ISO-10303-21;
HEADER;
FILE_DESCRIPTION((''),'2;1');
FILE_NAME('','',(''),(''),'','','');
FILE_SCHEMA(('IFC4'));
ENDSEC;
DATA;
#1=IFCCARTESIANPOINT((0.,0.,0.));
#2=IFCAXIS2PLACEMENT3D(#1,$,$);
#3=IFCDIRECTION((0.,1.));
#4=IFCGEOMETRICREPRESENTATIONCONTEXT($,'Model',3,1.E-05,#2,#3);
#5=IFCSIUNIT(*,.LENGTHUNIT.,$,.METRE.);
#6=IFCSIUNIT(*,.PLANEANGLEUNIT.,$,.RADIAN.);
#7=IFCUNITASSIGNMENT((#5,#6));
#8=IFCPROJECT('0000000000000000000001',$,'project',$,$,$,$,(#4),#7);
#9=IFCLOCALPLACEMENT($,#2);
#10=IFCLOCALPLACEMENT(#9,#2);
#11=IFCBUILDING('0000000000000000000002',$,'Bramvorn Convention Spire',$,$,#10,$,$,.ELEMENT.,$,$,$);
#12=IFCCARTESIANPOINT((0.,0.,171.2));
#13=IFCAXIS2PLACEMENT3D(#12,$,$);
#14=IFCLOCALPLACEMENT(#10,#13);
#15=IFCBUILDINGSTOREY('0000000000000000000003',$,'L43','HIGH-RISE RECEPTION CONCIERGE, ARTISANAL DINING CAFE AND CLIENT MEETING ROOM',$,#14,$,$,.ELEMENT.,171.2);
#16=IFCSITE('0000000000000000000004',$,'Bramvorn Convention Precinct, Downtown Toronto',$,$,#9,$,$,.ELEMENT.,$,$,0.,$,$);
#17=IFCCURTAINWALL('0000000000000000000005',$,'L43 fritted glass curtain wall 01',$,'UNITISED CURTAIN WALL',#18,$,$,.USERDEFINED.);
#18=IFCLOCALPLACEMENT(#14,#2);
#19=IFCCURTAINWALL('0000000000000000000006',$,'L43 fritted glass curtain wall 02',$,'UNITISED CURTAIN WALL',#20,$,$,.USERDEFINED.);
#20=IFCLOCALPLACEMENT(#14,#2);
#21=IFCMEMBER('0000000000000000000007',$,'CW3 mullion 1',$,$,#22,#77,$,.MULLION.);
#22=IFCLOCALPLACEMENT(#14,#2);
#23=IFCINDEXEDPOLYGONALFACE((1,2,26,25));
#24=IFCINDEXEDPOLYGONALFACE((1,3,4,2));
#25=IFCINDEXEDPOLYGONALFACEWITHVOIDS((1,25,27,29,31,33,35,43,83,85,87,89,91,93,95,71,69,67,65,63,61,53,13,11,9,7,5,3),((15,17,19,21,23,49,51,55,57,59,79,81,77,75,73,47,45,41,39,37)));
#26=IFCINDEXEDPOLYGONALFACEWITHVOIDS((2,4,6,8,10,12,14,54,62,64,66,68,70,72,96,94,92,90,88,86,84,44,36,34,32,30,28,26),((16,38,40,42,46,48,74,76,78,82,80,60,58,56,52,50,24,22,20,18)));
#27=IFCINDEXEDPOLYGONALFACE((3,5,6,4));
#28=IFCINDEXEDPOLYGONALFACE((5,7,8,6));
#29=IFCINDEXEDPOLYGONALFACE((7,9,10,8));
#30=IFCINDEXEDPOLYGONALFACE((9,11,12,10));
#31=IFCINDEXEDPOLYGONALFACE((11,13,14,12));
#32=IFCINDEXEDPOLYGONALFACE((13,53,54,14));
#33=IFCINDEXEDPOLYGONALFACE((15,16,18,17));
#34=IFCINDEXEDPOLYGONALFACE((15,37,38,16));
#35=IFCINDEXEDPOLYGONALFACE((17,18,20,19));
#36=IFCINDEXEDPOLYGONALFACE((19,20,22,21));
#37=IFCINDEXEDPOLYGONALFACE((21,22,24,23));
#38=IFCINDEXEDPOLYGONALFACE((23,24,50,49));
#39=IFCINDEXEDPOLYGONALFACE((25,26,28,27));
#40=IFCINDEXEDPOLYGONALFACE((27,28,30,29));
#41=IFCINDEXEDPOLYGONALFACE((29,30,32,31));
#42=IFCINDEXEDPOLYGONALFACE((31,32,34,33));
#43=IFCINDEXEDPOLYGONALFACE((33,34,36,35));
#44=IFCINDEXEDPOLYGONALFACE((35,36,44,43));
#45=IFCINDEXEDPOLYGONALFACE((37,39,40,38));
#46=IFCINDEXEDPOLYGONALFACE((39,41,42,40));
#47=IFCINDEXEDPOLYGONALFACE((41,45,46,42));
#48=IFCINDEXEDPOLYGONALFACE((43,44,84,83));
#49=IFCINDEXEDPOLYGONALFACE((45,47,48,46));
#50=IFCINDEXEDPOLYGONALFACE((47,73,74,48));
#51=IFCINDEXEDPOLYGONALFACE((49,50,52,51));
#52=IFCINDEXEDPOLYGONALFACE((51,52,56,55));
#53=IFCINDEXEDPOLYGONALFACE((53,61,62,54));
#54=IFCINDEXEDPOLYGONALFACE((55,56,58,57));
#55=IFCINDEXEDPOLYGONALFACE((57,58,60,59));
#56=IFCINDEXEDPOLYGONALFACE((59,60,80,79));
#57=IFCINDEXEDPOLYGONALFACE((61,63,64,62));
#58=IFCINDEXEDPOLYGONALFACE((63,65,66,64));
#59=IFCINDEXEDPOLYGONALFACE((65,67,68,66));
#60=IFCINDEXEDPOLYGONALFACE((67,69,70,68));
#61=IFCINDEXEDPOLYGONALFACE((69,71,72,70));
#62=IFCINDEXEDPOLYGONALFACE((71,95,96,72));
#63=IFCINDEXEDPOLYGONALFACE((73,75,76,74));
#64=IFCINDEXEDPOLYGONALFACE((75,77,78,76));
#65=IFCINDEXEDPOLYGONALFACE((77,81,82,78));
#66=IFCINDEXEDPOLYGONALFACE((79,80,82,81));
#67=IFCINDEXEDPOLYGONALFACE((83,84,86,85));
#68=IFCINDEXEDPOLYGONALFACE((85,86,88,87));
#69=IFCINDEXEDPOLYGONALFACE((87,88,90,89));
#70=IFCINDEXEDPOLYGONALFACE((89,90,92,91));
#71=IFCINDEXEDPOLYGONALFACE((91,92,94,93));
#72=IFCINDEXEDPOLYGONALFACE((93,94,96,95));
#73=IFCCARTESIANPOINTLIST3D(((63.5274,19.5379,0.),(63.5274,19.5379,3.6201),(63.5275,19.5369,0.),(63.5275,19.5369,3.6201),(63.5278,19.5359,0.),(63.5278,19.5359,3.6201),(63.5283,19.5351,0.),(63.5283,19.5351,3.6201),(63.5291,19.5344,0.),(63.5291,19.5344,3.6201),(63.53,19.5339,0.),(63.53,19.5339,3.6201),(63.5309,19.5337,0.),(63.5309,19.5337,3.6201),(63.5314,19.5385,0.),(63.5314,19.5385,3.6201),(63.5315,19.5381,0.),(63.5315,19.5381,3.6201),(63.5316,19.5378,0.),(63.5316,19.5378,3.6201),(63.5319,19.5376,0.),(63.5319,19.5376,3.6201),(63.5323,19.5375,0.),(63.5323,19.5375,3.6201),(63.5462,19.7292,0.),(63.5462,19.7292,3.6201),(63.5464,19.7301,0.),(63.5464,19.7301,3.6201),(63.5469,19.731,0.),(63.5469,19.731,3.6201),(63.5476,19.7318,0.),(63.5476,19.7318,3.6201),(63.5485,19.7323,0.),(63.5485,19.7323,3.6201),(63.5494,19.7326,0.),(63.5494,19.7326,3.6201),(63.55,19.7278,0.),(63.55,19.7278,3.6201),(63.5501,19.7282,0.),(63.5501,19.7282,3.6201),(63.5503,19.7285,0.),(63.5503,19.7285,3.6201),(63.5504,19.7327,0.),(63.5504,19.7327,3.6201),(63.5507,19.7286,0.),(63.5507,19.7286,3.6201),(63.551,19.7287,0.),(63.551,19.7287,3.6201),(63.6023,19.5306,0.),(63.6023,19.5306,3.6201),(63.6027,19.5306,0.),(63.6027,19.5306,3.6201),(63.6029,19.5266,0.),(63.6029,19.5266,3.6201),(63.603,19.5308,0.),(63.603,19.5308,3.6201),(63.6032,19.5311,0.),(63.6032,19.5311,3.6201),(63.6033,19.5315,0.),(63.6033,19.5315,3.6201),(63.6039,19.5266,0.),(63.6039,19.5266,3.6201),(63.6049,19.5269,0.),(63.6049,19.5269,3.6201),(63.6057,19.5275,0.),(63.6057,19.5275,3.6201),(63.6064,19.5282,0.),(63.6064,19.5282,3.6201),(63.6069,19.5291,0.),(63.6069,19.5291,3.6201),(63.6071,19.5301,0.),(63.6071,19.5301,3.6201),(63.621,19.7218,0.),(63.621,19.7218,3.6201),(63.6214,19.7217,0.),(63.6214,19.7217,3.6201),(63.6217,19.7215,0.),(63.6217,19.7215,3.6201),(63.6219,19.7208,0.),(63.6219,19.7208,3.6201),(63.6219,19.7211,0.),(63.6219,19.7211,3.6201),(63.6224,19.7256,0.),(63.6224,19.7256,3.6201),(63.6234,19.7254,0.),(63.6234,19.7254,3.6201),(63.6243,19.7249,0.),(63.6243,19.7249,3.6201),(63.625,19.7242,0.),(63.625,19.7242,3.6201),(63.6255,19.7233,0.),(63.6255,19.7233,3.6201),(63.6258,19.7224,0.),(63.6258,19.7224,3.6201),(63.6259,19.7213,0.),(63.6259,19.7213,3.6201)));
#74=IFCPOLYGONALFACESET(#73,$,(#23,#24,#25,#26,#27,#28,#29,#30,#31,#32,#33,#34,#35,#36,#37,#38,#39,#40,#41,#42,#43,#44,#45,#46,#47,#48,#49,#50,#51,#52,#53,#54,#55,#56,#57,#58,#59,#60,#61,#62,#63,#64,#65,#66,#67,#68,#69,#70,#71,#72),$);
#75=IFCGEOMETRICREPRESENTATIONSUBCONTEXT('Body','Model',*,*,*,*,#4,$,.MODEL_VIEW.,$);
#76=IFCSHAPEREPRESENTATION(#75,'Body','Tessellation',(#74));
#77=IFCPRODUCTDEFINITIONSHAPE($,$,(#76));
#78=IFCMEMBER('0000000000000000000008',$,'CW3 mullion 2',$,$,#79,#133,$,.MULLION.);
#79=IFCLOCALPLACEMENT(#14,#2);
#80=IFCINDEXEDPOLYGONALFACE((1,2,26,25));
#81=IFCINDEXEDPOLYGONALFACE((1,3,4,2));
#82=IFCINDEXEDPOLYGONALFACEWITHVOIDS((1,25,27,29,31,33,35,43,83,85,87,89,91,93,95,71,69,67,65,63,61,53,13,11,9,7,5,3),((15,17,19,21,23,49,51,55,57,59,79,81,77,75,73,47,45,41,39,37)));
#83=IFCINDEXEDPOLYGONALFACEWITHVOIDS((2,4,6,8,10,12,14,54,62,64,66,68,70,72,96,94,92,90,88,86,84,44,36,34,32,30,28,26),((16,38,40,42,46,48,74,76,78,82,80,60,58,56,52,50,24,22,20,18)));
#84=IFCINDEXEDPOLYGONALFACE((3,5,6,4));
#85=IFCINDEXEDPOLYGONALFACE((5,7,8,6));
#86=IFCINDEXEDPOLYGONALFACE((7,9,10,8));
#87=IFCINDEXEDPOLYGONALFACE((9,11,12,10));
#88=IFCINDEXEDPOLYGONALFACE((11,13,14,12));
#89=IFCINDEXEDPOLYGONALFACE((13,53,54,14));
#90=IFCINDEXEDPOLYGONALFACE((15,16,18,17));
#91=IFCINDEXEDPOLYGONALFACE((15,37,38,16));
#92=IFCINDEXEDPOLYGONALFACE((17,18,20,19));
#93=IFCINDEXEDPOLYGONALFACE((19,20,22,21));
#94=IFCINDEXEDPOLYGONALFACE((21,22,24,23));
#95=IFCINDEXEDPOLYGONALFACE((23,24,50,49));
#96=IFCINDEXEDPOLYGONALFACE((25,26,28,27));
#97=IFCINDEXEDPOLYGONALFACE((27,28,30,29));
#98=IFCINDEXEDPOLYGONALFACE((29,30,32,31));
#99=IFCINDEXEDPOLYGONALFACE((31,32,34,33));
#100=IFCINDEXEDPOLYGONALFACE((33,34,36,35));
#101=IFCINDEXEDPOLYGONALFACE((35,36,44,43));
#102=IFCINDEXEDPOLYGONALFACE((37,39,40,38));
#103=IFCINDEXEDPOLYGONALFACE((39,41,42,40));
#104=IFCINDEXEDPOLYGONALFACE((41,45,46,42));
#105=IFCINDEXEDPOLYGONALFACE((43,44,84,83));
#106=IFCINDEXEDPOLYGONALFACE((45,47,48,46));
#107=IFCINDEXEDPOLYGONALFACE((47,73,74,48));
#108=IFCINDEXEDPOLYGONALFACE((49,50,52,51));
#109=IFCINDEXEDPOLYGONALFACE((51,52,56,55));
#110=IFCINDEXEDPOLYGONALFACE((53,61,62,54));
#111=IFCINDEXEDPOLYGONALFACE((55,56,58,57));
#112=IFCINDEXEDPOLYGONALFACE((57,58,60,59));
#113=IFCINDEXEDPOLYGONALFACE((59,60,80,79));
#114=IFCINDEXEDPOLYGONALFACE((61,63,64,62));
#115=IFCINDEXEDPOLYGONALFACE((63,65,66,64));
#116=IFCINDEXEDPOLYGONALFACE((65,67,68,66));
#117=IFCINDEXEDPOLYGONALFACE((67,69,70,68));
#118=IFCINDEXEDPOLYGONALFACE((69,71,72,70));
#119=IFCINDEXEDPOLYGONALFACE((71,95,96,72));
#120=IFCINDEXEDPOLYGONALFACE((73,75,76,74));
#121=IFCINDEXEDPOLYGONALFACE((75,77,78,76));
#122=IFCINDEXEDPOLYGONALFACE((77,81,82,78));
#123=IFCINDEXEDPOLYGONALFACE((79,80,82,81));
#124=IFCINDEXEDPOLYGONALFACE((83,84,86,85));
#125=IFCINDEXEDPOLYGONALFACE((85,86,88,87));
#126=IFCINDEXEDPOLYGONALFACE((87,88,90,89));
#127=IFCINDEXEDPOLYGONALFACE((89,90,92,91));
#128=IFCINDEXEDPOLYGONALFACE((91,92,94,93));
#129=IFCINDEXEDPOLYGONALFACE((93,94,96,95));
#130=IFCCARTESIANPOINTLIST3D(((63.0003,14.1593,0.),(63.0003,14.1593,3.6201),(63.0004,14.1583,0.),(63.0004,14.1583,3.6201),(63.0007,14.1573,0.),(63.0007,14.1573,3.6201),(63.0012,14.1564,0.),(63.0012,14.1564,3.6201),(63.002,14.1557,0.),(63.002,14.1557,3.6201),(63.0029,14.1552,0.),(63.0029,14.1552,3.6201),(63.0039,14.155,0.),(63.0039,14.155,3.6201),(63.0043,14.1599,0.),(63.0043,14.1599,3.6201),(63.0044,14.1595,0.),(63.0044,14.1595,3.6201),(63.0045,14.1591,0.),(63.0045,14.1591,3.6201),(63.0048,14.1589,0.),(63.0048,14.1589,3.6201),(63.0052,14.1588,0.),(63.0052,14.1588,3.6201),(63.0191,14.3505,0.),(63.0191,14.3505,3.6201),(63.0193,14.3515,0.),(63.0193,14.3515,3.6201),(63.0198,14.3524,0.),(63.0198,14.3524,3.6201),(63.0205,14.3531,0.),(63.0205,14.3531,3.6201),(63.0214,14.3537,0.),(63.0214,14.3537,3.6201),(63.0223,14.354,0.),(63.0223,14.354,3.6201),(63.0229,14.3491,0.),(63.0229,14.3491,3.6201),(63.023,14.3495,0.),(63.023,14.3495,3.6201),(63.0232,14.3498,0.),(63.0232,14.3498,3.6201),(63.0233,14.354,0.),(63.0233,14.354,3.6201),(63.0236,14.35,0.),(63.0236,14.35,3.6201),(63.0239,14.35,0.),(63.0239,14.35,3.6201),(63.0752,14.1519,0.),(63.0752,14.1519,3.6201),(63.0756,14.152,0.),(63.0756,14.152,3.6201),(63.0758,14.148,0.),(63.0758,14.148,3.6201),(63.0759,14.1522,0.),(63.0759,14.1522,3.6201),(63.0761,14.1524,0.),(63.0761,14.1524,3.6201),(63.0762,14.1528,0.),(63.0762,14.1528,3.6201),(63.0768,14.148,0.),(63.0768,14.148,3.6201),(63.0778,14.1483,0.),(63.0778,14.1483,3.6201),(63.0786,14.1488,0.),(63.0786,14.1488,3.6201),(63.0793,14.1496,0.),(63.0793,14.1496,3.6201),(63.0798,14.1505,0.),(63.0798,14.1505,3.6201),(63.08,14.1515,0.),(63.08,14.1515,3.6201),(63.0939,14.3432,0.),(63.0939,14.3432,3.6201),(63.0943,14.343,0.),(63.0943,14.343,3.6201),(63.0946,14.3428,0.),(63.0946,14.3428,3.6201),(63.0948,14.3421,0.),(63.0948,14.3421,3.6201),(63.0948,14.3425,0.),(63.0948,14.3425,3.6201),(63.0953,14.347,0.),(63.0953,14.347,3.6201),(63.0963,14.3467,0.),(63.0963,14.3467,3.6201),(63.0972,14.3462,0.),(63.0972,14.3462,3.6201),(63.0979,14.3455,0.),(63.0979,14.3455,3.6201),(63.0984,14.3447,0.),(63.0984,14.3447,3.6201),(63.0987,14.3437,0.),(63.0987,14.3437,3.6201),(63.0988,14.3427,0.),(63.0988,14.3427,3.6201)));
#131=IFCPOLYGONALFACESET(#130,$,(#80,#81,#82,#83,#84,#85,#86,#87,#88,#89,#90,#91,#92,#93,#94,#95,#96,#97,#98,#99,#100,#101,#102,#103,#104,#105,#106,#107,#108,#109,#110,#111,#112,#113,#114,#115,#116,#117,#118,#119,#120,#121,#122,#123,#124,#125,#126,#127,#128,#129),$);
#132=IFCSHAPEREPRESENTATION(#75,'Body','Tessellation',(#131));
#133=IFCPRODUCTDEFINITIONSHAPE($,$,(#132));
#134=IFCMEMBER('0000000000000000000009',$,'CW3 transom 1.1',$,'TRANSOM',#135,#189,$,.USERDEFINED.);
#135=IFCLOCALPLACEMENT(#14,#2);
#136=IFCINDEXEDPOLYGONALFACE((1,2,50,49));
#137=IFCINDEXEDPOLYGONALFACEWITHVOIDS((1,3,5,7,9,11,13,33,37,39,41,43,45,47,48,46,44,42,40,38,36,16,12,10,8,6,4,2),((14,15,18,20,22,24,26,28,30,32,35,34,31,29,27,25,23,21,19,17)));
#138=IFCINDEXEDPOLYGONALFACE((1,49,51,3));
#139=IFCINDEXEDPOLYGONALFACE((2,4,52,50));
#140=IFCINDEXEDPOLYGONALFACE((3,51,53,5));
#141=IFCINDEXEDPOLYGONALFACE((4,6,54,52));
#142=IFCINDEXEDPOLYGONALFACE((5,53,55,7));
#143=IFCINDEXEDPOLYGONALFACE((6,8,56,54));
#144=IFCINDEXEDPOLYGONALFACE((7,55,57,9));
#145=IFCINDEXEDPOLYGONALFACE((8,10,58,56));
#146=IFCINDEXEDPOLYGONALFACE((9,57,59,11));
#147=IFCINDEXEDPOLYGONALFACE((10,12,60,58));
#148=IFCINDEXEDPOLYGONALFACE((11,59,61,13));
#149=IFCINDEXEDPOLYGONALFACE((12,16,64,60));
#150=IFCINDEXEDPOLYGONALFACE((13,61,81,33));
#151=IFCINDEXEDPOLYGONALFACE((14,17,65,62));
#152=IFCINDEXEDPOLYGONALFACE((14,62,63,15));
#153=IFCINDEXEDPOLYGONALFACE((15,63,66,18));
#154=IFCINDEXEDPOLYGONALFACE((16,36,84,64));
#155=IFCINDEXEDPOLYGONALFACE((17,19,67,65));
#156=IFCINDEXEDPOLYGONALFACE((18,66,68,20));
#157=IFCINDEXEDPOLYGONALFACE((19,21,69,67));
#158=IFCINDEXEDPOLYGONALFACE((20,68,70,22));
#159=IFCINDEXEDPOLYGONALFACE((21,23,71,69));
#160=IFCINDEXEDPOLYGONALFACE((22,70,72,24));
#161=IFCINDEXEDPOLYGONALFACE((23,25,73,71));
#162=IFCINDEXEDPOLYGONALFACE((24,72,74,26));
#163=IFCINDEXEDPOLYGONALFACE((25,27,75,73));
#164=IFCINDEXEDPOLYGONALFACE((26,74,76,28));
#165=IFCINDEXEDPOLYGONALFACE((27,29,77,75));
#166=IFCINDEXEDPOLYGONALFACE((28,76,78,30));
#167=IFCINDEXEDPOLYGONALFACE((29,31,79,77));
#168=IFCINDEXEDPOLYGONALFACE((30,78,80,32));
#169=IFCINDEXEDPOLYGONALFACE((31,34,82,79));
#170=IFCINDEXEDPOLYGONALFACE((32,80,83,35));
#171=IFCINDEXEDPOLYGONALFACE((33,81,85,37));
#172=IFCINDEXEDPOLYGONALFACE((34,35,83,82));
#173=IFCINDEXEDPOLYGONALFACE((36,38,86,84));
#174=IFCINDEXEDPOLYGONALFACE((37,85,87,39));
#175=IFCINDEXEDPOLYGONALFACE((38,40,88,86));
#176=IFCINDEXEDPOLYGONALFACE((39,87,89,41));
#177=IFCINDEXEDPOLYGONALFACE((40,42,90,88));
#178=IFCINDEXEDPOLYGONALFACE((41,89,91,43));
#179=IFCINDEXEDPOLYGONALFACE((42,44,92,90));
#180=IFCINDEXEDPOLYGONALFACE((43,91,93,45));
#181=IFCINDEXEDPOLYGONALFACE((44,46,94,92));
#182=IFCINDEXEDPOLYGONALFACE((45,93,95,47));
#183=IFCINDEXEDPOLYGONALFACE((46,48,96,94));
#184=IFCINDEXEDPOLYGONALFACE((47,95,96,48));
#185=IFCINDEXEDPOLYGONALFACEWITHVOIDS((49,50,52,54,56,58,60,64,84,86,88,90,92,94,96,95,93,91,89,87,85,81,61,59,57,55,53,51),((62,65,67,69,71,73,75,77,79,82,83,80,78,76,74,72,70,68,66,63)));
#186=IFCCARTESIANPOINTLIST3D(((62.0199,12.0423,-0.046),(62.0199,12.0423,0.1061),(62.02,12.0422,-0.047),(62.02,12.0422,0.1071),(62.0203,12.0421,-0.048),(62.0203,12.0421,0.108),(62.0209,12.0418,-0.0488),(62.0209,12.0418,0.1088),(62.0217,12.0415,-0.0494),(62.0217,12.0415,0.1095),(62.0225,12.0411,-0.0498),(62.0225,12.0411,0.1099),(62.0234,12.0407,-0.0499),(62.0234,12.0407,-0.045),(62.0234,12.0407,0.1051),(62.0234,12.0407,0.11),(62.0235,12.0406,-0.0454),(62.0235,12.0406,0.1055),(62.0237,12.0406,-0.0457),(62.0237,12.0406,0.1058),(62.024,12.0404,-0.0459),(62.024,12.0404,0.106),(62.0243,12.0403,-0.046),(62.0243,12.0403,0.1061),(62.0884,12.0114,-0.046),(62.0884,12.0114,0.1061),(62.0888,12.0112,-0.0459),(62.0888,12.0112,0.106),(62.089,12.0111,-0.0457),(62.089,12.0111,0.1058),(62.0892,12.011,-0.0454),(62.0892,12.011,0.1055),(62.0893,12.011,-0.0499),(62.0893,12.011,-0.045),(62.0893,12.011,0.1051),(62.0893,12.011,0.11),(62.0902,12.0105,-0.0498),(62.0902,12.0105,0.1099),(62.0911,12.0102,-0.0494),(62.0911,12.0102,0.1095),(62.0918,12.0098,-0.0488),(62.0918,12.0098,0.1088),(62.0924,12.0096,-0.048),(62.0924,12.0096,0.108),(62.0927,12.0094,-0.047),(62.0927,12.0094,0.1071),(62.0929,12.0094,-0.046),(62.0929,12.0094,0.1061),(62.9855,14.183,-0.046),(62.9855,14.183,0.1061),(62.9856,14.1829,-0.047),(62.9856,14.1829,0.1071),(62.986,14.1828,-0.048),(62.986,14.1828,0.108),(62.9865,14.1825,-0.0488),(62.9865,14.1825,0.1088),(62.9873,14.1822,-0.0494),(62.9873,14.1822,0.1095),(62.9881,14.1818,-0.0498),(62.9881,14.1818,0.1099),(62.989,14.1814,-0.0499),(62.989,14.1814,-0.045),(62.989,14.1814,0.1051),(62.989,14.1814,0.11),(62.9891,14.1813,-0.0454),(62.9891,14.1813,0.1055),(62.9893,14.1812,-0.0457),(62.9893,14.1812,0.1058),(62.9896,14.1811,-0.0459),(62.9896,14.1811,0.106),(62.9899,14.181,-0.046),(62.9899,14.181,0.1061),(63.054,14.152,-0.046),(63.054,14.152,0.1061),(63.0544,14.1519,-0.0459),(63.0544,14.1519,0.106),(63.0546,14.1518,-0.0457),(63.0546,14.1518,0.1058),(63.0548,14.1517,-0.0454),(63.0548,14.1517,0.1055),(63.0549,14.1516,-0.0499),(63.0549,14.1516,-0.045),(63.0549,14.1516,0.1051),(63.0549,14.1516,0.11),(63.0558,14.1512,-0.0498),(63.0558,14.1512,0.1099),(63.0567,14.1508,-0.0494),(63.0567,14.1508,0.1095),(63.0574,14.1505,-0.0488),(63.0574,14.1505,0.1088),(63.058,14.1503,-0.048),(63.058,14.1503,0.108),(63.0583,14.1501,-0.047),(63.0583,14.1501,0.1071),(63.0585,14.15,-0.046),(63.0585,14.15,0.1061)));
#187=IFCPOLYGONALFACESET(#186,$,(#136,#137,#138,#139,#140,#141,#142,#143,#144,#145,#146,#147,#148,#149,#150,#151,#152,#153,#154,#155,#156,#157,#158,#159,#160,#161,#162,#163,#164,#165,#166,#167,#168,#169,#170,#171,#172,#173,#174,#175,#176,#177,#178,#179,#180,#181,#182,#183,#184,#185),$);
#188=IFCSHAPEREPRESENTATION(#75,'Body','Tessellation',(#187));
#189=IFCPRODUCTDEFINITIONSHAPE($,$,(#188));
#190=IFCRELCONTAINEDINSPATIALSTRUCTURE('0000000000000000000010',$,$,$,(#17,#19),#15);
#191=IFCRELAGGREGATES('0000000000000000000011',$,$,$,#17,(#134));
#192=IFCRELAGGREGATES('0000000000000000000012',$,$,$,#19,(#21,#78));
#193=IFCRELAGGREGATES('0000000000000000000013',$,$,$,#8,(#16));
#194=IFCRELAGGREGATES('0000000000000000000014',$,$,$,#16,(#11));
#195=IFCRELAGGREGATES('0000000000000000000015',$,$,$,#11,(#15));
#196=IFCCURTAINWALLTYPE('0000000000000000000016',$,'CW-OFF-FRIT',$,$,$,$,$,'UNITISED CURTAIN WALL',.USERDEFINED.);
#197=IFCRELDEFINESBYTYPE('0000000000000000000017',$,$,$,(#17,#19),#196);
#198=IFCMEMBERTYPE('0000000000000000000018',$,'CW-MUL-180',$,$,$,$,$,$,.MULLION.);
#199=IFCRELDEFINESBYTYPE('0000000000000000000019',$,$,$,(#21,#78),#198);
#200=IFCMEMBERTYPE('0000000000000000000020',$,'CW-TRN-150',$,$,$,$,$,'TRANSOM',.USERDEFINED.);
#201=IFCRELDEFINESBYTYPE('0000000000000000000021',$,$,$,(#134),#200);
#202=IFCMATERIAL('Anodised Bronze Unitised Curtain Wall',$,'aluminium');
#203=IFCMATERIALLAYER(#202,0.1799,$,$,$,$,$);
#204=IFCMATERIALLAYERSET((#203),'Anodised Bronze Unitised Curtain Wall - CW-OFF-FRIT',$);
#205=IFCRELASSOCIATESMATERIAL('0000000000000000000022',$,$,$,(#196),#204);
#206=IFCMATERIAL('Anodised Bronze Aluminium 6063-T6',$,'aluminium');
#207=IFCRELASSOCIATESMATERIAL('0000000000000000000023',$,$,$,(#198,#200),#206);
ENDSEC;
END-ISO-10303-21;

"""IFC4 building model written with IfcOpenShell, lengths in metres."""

from ifc_helpers import new_model, si_unit, direction, frame, origin, origin_2d, place, context, subcontext, project, spatial, hollow_rectangle, extrude, material, layer, layer_set, material_profile, profile_set, type_object, element, aggregate, save


model = new_model("IFC4")

# Units and contexts
model_context = context("Model", 3, precision=1e-05, world=origin(), true_north=direction((0.0, 1.0)))
body_context = subcontext(model_context, "Body", "Model", "MODEL_VIEW")
ifc_project = project(units=[si_unit("LENGTHUNIT", "METRE"), si_unit("PLANEANGLEUNIT", "RADIAN")], contexts=[model_context])

# Site, building, storey
site_placement = place(None, origin())
site = spatial("IfcSite", under=ifc_project, at=site_placement, Name="Bramvorn Convention Precinct, Downtown Toronto", CompositionType="ELEMENT", RefElevation=0.0)
building_placement = place(site_placement, origin())
building = spatial("IfcBuilding", under=site, at=building_placement, Name="Bramvorn Convention Spire", CompositionType="ELEMENT")
storey_placement = place(building_placement, frame((0.0, 0.0, 171.2)))
storey = spatial("IfcBuildingStorey", under=building, at=storey_placement, Name="L43", Description="HIGH-RISE RECEPTION CONCIERGE, ARTISANAL DINING CAFE AND CLIENT MEETING ROOM", CompositionType="ELEMENT", Elevation=171.2)

# Curtain walls, members
ifc_material_1 = material(Name="Anodised Bronze Unitised Curtain Wall", Category="aluminium")
ifc_layer_1 = layer(ifc_material_1, 0.1799)
ifc_layer_set_1 = layer_set([ifc_layer_1], Name="Anodised Bronze Unitised Curtain Wall - CW-OFF-FRIT")
curtain_wall_type = type_object("IfcCurtainWallType", Name="CW-OFF-FRIT", ElementType="UNITISED CURTAIN WALL", PredefinedType="USERDEFINED", material=ifc_layer_set_1)
curtain_wall_1_placement = place(storey_placement, origin())
curtain_wall_1 = element("IfcCurtainWall", 1, at=curtain_wall_1_placement, inside=storey, type_object=curtain_wall_type, Name="L43 fritted glass curtain wall 01", ObjectType="UNITISED CURTAIN WALL", PredefinedType="USERDEFINED")
ifc_material_2 = material(Name="Anodised Bronze Aluminium 6063-T6", Category="aluminium")
ifc_material_profile_1 = material_profile(ifc_material_2, hollow_rectangle(XDim=0.0801, YDim=0.2, WallThickness=0.0039, InnerFilletRadius=0.001, OuterFilletRadius=0.0039, at=origin_2d()))
ifc_profile_set_1 = profile_set([ifc_material_profile_1], Name="Anodised Bronze Aluminium 6063-T6 - CWM80X200")
member_type_1 = type_object("IfcMemberType", Name="CW-MUL-180", PredefinedType="MULLION", material=ifc_profile_set_1)
curtain_wall_2_placement = place(storey_placement, origin())
curtain_wall_2 = element("IfcCurtainWall", 2, at=curtain_wall_2_placement, inside=storey, type_object=curtain_wall_type, Name="L43 fritted glass curtain wall 02", ObjectType="UNITISED CURTAIN WALL", PredefinedType="USERDEFINED")
member_1_placement = place(storey_placement, frame((63.5767, 19.6296, 0.0), z_axis=(0.0, 0.0, 1.0), x_axis=(0.995234, -0.09752, 0.0)))
member_1 = element("IfcMember", 3, at=member_1_placement, type_object=member_type_1, Name="CW3 mullion 1", PredefinedType="MULLION", context=body_context, shape_type="SweptSolid", body=[
    extrude(hollow_rectangle(XDim=0.0801, YDim=0.2, WallThickness=0.0039, InnerFilletRadius=0.001, OuterFilletRadius=0.0039, at=origin_2d()), origin(), (0.0, 0.0, 1.0), 3.6201),
])
member_2_placement = place(storey_placement, frame((63.0496, 14.251, 0.0), z_axis=(0.0, 0.0, 1.0), x_axis=(0.995234, -0.09752, 0.0)))
member_2 = element("IfcMember", 4, at=member_2_placement, type_object=member_type_1, Name="CW3 mullion 2", PredefinedType="MULLION", context=body_context, shape_type="SweptSolid", body=[
    extrude(hollow_rectangle(XDim=0.0801, YDim=0.2, WallThickness=0.0039, InnerFilletRadius=0.001, OuterFilletRadius=0.0039, at=origin_2d()), origin(), (0.0, 0.0, 1.0), 3.6201),
])

# Member
ifc_material_profile_2 = material_profile(ifc_material_2, hollow_rectangle(XDim=0.0801, YDim=0.1599, WallThickness=0.0039, InnerFilletRadius=0.001, OuterFilletRadius=0.0039, at=origin_2d()))
ifc_profile_set_2 = profile_set([ifc_material_profile_2], Name="Anodised Bronze Aluminium 6063-T6 - CWT80X160")
member_type_2 = type_object("IfcMemberType", Name="CW-TRN-150", ElementType="TRANSOM", PredefinedType="USERDEFINED", material=ifc_profile_set_2)
member_3_placement = place(storey_placement, frame((63.022, 14.1665, 0.03), z_axis=(-0.411177, -0.911555, 0.0), x_axis=(0.911555, -0.411177, 0.0)))
member_3 = element("IfcMember", 5, at=member_3_placement, type_object=member_type_2, Name="CW3 transom 1.1", ObjectType="TRANSOM", PredefinedType="USERDEFINED", context=body_context, shape_type="SweptSolid", body=[
    extrude(hollow_rectangle(XDim=0.0801, YDim=0.1599, WallThickness=0.0039, InnerFilletRadius=0.001, OuterFilletRadius=0.0039, at=origin_2d()), origin(), (0.0, 0.0, 1.0), 2.3484),
])

aggregate(curtain_wall_1, [member_3])
aggregate(curtain_wall_2, [member_1, member_2])

save(model, "model.ifc")
